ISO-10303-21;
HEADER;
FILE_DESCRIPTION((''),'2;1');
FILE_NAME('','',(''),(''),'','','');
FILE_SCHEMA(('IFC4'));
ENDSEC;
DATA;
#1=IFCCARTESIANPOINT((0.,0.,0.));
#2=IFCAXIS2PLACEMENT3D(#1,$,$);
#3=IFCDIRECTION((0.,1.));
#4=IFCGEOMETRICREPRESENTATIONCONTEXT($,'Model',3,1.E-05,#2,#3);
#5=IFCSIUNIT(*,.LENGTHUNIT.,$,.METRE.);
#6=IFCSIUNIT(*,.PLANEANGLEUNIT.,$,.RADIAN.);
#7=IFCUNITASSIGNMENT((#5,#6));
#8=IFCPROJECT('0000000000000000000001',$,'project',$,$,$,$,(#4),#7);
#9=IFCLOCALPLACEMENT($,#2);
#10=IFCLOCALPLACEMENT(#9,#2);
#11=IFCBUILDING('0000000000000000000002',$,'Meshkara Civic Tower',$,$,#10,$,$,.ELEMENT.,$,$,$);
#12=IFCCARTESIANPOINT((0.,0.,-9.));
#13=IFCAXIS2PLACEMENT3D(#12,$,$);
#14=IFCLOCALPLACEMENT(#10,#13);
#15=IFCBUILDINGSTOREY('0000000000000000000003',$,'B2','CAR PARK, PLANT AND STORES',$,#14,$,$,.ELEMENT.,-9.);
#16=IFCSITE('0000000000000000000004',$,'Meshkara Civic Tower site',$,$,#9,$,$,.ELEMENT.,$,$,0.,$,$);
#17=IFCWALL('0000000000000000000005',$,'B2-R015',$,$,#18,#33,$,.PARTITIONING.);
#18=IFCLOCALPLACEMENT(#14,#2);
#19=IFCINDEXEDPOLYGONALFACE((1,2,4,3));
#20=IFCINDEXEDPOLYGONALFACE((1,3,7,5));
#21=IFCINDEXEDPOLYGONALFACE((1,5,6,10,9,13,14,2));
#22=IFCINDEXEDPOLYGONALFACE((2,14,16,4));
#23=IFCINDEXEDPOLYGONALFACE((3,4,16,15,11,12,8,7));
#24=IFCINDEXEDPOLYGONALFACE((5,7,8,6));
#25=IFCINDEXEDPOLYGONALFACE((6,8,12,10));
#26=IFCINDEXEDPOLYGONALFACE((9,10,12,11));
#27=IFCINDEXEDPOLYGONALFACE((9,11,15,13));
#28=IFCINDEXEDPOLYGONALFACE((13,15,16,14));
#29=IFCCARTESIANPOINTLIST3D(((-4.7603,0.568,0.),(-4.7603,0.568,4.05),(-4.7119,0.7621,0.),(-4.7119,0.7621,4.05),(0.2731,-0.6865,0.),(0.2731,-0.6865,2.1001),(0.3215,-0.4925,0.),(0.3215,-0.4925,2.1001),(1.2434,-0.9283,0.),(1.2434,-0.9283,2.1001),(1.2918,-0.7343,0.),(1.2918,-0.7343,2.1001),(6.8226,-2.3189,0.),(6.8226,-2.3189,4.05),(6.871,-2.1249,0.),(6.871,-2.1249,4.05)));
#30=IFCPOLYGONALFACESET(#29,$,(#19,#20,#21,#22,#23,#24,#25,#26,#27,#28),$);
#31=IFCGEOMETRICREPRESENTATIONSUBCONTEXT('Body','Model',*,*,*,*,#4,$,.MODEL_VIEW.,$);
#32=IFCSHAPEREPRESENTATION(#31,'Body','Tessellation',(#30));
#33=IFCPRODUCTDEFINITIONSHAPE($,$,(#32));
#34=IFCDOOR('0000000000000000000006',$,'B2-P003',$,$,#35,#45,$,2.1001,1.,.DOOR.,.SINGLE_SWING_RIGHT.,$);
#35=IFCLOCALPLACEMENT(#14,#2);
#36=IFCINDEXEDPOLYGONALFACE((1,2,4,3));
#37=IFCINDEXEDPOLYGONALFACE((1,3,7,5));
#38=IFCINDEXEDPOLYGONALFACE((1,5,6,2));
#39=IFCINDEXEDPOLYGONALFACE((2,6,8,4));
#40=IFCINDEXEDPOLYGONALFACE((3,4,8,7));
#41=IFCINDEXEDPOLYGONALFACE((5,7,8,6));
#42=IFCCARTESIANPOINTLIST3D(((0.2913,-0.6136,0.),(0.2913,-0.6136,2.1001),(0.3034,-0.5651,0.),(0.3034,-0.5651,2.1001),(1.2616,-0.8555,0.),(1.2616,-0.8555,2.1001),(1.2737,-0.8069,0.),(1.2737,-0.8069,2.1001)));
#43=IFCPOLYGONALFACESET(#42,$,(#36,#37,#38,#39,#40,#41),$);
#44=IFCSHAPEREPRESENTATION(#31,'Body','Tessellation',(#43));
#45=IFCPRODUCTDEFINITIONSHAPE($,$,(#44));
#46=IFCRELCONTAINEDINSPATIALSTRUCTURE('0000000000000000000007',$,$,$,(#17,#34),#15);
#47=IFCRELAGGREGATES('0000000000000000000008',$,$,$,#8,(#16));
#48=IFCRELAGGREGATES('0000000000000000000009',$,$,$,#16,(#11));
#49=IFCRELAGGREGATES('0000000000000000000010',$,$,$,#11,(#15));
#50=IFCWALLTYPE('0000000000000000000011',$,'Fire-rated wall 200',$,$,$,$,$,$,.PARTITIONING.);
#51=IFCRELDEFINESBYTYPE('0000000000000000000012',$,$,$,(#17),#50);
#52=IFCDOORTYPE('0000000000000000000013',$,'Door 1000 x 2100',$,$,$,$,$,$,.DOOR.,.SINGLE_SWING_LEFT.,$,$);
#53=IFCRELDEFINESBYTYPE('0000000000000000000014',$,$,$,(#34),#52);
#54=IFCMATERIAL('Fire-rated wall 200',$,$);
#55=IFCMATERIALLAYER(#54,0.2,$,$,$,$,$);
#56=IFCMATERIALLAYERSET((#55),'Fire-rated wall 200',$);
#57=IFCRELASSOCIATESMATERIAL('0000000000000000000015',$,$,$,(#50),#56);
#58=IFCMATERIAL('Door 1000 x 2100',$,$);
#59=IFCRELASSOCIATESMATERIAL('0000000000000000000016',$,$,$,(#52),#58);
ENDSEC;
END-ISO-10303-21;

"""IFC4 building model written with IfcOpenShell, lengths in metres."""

from ifc_helpers import new_model, si_unit, direction, frame, frame_2d, origin, place, context, subcontext, project, spatial, rectangle, extrude, material, layer, layer_set, type_object, element, fill, save


model = new_model("IFC4")

# Units and contexts
model_context = context("Model", 3, precision=1e-05, world=origin(), true_north=direction((0.0, 1.0)))
body_context = subcontext(model_context, "Body", "Model", "MODEL_VIEW")
ifc_project = project(units=[si_unit("LENGTHUNIT", "METRE"), si_unit("PLANEANGLEUNIT", "RADIAN")], contexts=[model_context])

# Site, building, storey
site_placement = place(None, origin())
site = spatial("IfcSite", under=ifc_project, at=site_placement, Name="Meshkara Civic Tower site", CompositionType="ELEMENT", RefElevation=0.0)
building_placement = place(site_placement, origin())
building = spatial("IfcBuilding", under=site, at=building_placement, Name="Meshkara Civic Tower", CompositionType="ELEMENT")
storey_placement = place(building_placement, frame((0.0, 0.0, -9.0)))
storey = spatial("IfcBuildingStorey", under=building, at=storey_placement, Name="B2", Description="CAR PARK, PLANT AND STORES", CompositionType="ELEMENT", Elevation=-9.0)

# Wall, opening, door
ifc_material_1 = material(Name="Fire-rated wall 200")
ifc_layer_1 = layer(ifc_material_1, 0.2)
ifc_layer_set_1 = layer_set([ifc_layer_1], Name="Fire-rated wall 200")
wall_type = type_object("IfcWallType", Name="Fire-rated wall 200", PredefinedType="PARTITIONING", material=ifc_layer_set_1)
wall_placement = place(storey_placement, frame((6.8469, -2.2219, 0.0), z_axis=(0.0, 0.0, 1.0), x_axis=(-0.970315, 0.241843, 0.0)))
wall = element("IfcWall", 1, at=wall_placement, inside=storey, type_object=wall_type, Name="B2-R015", PredefinedType="PARTITIONING", context=body_context, shape_type="SweptSolid", body=[
    extrude(rectangle(XDim=11.9373, YDim=0.2, at=frame_2d((5.9688, 0.0))), origin(), (0.0, 0.0, 1.0), 4.05),
])
opening_placement = place(wall_placement, frame((5.75, 0.0, 0.0)))
opening = element("IfcOpeningElement", 2, at=opening_placement, cuts=wall, PredefinedType="OPENING", context=body_context, shape_type="SweptSolid", body=[
    extrude(rectangle(XDim=1.0, YDim=2.1001, at=frame_2d((0.5, 1.05))), frame((0.0, 0.1099, 0.0), z_axis=(0.0, -1.0, 0.0), x_axis=(1.0, 0.0, 0.0)), (0.0, 0.0, 1.0), 0.22),
])
ifc_material_2 = material(Name="Door 1000 x 2100")
door_type = type_object("IfcDoorType", Name="Door 1000 x 2100", OperationType="SINGLE_SWING_LEFT", PredefinedType="DOOR", material=ifc_material_2)
door_placement = place(opening_placement, origin())
door = element("IfcDoor", 3, at=door_placement, inside=storey, type_object=door_type, Name="B2-P003", OperationType="SINGLE_SWING_RIGHT", OverallHeight=2.1001, OverallWidth=1.0, PredefinedType="DOOR", context=body_context, shape_type="SweptSolid", body=[
    extrude(rectangle(XDim=1.0, YDim=2.1001, at=frame_2d((0.5, 1.05))), frame((0.0, 0.0249, 0.0), z_axis=(0.0, -1.0, 0.0), x_axis=(1.0, 0.0, 0.0)), (0.0, 0.0, 1.0), 0.05),
])
fill(opening, door)

save(model, "model.ifc")
